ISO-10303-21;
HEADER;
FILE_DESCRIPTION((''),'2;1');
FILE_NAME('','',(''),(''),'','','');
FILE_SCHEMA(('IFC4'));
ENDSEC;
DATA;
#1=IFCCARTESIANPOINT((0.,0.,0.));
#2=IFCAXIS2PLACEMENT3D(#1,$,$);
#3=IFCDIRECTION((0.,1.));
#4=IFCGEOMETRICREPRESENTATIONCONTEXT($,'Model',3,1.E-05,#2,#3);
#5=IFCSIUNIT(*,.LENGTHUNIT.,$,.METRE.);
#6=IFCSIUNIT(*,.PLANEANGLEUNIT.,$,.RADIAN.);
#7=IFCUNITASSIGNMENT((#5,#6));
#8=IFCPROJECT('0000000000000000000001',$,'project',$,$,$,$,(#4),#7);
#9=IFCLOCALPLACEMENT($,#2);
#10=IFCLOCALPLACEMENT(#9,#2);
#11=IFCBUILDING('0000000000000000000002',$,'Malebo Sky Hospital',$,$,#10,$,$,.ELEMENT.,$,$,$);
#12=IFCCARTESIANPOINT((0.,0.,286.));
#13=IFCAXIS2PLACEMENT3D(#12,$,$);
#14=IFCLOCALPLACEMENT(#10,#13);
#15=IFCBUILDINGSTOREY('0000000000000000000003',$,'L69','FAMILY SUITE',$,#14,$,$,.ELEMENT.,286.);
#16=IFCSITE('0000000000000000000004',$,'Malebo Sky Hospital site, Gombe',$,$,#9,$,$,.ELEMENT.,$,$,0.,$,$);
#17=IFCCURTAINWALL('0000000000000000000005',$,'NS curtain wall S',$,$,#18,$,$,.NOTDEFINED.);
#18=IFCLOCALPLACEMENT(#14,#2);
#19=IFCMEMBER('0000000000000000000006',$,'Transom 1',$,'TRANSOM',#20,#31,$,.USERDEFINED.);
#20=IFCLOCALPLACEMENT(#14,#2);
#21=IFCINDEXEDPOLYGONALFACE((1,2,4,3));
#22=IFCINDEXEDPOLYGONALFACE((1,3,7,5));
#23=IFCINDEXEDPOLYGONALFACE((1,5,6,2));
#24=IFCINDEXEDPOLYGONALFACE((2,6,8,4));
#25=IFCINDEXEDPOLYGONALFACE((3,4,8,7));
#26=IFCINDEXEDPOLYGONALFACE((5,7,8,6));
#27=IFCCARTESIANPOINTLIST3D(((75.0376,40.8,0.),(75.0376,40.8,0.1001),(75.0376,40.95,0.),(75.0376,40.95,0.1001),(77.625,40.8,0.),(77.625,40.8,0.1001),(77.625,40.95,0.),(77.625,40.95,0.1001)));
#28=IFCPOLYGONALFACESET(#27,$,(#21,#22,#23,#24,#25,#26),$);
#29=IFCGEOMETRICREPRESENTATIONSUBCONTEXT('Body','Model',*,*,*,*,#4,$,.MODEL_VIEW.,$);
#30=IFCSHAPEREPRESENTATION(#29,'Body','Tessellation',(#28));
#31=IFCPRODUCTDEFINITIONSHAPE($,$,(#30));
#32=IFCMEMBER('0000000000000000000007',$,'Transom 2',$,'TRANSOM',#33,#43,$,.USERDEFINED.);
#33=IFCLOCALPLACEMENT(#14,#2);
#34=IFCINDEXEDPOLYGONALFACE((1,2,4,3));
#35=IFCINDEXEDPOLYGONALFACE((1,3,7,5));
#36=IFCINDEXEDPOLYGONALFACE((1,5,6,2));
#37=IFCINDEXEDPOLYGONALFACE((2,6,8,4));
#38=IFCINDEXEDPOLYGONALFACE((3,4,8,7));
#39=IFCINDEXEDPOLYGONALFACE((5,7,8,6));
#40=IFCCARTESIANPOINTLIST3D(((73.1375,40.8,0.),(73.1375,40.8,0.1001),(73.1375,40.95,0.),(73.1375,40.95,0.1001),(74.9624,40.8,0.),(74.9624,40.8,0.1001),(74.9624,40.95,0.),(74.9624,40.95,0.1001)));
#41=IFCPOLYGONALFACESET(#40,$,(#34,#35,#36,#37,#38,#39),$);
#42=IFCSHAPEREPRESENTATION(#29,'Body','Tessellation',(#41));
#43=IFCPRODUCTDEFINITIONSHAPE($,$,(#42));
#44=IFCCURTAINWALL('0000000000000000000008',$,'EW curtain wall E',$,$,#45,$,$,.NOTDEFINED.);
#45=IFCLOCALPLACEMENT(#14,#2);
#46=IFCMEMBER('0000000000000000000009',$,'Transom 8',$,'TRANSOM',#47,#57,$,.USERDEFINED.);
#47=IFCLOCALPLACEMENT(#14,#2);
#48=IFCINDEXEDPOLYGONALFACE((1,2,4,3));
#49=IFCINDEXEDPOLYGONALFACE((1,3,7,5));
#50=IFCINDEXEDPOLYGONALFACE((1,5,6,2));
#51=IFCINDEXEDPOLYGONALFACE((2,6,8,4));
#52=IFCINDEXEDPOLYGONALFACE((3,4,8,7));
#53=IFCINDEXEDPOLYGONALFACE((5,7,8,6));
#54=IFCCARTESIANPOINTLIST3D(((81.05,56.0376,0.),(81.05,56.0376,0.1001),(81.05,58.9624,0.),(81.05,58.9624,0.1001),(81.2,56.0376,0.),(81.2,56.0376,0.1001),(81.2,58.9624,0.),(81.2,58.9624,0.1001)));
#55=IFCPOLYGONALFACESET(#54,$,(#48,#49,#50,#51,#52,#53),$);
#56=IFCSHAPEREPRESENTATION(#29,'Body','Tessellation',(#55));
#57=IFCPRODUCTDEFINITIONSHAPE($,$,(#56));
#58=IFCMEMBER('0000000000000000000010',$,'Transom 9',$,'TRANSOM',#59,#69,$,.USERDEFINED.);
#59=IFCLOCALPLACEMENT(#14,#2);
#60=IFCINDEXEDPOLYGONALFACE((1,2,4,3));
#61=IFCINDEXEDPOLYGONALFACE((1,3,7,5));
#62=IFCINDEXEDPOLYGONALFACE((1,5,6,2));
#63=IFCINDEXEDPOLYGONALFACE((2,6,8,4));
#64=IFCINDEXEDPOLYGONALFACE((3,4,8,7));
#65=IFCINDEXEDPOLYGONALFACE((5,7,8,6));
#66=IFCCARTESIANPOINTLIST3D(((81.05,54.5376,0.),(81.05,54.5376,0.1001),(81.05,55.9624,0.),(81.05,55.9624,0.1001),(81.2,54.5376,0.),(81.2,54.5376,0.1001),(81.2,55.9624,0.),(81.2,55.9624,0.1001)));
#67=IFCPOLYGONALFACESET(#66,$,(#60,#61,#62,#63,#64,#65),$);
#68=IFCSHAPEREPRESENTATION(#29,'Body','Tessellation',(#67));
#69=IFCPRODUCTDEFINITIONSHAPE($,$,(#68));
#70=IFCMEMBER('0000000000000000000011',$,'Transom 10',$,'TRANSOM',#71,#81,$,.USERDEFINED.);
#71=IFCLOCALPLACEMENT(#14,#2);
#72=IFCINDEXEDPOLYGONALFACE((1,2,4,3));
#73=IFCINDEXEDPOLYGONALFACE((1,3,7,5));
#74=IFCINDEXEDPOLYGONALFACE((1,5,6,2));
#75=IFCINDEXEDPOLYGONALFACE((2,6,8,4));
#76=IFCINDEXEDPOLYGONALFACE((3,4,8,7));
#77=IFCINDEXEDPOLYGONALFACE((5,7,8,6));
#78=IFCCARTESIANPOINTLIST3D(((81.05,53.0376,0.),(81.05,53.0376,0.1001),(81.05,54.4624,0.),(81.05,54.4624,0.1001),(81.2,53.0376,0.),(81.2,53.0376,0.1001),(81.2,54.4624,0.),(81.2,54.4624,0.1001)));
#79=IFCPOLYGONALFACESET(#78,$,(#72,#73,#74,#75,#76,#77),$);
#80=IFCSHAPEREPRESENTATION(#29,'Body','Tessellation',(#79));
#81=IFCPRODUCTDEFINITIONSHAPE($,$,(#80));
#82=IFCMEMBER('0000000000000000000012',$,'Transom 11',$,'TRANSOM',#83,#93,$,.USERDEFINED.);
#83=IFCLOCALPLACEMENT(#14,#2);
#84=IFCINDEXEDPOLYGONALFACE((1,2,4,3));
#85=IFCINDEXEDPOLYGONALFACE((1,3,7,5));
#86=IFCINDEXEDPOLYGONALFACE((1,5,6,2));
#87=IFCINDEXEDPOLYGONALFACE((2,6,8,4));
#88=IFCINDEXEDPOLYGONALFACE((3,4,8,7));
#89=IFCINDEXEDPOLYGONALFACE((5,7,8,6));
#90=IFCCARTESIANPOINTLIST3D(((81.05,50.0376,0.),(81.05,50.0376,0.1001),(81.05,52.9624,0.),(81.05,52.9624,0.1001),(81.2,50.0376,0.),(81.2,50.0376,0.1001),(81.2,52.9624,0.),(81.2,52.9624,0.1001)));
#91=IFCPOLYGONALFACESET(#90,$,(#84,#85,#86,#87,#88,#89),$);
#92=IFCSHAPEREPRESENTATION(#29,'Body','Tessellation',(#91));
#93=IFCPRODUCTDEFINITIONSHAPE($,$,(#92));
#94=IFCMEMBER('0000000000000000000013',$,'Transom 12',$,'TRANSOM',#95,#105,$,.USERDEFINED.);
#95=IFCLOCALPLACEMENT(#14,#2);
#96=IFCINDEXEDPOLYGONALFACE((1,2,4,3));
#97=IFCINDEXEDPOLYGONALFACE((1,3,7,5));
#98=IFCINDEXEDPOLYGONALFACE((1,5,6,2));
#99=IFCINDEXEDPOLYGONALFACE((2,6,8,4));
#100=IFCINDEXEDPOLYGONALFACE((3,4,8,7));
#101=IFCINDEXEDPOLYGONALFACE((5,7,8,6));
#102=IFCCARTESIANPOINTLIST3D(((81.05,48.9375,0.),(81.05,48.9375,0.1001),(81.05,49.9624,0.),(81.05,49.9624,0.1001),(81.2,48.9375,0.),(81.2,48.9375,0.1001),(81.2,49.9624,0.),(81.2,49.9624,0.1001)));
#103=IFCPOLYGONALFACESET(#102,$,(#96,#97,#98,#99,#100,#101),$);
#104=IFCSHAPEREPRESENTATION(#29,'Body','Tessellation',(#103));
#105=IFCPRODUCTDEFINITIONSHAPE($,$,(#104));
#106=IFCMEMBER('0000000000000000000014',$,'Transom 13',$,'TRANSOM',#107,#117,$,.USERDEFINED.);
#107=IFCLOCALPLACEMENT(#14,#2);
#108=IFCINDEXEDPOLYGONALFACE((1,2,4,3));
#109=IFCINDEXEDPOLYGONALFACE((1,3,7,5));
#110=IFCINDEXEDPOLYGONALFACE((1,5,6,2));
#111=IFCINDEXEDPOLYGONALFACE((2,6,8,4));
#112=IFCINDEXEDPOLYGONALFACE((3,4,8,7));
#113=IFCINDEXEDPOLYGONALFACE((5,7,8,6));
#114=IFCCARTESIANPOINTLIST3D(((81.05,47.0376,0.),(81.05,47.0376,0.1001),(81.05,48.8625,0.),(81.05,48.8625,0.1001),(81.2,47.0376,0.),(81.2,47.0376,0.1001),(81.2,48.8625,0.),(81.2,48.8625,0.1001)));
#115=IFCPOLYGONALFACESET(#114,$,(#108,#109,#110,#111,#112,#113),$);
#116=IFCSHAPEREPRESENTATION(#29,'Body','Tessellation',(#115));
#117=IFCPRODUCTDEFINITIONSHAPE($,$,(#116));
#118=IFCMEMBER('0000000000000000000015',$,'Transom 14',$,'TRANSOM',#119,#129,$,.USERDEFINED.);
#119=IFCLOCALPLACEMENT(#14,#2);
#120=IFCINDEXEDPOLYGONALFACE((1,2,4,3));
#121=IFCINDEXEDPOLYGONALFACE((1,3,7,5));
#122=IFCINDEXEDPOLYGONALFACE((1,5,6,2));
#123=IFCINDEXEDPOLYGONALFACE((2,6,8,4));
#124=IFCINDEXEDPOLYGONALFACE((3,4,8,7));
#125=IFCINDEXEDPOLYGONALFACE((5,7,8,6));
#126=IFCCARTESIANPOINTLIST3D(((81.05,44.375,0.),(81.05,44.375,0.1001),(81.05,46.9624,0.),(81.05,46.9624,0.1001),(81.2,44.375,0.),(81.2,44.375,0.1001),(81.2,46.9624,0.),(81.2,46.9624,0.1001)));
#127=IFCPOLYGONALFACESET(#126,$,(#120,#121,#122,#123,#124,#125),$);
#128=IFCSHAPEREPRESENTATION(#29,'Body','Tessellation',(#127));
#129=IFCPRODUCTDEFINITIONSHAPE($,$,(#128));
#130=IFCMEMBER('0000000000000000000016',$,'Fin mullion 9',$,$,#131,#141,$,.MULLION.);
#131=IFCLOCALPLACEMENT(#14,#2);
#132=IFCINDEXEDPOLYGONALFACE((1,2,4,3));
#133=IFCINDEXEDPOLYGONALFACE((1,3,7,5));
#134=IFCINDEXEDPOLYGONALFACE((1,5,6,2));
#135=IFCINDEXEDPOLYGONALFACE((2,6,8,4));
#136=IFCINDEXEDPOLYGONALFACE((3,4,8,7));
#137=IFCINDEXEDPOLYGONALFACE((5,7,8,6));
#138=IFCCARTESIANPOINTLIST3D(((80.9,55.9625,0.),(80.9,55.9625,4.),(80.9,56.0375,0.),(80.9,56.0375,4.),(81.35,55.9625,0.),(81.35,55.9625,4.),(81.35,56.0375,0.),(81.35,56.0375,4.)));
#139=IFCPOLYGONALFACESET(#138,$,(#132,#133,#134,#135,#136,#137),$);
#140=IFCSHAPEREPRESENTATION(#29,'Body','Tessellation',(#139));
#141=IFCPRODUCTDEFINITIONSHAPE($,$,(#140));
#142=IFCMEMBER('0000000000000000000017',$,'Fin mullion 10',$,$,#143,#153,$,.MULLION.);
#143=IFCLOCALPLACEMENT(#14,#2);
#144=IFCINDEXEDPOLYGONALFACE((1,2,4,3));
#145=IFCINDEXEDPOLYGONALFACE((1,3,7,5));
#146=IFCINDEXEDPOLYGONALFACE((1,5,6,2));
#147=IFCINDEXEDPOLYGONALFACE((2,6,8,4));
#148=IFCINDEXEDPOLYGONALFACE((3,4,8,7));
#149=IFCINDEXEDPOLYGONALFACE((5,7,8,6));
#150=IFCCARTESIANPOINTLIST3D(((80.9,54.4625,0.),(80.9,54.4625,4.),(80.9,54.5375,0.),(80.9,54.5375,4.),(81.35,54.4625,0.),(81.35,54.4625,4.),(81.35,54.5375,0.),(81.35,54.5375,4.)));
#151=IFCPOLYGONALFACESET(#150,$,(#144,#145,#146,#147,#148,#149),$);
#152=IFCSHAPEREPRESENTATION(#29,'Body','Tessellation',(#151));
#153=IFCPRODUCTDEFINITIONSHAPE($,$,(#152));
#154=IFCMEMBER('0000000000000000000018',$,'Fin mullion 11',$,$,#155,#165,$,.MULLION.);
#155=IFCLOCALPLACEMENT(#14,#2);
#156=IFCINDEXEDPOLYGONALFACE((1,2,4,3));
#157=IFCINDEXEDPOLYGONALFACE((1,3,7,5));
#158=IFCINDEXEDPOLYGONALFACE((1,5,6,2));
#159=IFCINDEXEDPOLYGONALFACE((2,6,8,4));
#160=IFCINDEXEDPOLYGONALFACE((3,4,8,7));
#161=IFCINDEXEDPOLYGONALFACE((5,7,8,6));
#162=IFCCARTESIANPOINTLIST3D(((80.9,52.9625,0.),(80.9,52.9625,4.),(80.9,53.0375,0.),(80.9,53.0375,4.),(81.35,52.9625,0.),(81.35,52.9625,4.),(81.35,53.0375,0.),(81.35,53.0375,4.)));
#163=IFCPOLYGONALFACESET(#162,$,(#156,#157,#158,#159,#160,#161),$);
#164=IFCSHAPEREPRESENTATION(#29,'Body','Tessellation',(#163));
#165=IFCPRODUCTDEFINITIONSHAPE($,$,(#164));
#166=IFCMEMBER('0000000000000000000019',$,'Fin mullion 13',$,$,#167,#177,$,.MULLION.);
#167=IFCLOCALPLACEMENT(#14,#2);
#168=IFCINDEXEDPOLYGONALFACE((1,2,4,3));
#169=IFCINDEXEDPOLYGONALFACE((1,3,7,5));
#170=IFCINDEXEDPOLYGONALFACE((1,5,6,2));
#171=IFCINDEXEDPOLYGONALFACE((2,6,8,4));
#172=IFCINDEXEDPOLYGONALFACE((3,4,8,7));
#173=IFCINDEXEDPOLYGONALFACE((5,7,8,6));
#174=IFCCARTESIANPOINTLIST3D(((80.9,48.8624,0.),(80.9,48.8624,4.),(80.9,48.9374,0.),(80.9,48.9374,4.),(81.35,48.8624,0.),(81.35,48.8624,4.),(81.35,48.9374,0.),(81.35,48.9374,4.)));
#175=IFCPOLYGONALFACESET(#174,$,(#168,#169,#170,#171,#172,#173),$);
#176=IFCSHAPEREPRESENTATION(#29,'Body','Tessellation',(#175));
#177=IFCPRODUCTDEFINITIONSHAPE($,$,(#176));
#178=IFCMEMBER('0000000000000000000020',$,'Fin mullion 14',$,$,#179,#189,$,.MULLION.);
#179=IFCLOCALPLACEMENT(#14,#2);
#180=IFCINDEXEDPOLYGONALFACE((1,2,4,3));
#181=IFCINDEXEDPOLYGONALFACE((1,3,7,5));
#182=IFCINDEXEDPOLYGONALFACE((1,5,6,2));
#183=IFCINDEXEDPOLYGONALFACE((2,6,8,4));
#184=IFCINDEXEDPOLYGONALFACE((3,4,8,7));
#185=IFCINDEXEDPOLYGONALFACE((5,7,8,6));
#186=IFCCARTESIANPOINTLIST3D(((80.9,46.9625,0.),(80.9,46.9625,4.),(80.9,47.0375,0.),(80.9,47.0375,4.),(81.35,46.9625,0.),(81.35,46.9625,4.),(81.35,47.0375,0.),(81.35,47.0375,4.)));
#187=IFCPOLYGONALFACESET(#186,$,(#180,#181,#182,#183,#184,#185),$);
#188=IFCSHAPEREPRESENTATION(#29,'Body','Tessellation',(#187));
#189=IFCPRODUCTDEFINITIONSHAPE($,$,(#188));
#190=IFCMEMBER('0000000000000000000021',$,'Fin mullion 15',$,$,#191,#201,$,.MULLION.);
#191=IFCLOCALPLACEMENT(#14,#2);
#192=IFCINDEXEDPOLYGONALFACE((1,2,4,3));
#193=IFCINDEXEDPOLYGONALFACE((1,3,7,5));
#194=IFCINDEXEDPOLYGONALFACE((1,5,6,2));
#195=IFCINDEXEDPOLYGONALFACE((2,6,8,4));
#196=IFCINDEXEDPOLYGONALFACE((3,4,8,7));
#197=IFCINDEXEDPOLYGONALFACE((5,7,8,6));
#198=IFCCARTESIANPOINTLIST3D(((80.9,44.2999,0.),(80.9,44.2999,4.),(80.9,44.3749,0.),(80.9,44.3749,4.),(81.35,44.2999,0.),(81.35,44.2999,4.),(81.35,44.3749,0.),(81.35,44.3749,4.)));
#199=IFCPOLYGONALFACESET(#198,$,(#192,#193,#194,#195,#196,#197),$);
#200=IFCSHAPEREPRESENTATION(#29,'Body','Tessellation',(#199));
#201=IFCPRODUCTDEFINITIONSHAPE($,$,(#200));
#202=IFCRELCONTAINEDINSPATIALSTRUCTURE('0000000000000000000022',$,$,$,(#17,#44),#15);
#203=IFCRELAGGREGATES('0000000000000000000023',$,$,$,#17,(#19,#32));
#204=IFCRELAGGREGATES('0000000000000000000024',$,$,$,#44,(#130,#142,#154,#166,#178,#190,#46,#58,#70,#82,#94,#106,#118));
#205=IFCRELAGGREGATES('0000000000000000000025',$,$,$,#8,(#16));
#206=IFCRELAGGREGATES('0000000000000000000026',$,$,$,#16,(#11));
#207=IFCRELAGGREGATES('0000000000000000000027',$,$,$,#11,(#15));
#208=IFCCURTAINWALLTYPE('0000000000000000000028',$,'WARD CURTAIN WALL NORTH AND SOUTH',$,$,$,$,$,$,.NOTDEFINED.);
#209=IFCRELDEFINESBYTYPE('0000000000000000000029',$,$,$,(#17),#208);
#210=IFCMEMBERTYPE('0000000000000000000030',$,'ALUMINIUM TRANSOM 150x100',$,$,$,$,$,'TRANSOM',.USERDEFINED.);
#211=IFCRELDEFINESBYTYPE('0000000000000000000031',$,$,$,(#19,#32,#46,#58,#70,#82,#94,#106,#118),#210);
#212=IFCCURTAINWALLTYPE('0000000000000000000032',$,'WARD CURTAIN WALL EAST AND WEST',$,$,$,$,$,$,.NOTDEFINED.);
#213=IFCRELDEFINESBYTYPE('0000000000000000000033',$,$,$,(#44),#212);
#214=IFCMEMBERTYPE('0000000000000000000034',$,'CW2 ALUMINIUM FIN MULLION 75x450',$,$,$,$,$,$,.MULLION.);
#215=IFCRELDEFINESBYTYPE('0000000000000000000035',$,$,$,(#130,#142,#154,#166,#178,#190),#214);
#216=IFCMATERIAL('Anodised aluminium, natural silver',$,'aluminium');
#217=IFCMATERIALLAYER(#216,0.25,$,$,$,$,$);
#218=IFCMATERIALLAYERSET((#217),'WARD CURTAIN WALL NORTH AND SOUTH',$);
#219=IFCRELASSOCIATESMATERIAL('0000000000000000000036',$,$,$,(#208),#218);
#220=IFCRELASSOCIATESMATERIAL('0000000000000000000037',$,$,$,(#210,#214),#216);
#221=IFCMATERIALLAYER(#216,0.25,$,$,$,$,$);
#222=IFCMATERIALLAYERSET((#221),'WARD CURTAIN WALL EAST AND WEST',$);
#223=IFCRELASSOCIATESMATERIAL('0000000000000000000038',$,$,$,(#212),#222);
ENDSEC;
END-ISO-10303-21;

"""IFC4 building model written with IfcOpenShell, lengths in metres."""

from ifc_helpers import new_model, si_unit, direction, frame, origin, origin_2d, place, context, subcontext, project, spatial, rectangle, extrude, material, layer, layer_set, material_profile, profile_set, type_object, element, aggregate, save


model = new_model("IFC4")

# Units and contexts
model_context = context("Model", 3, precision=1e-05, world=origin(), true_north=direction((0.0, 1.0)))
body_context = subcontext(model_context, "Body", "Model", "MODEL_VIEW")
ifc_project = project(units=[si_unit("LENGTHUNIT", "METRE"), si_unit("PLANEANGLEUNIT", "RADIAN")], contexts=[model_context])

# Site, building, storey
site_placement = place(None, origin())
site = spatial("IfcSite", under=ifc_project, at=site_placement, Name="Malebo Sky Hospital site, Gombe", CompositionType="ELEMENT", RefElevation=0.0)
building_placement = place(site_placement, origin())
building = spatial("IfcBuilding", under=site, at=building_placement, Name="Malebo Sky Hospital", CompositionType="ELEMENT")
storey_placement = place(building_placement, frame((0.0, 0.0, 286.0)))
storey = spatial("IfcBuildingStorey", under=building, at=storey_placement, Name="L69", Description="FAMILY SUITE", CompositionType="ELEMENT", Elevation=286.0)

# Curtain walls, members
ifc_material_1 = material(Name="Anodised aluminium, natural silver", Category="aluminium")
ifc_layer_1 = layer(ifc_material_1, 0.25)
ifc_layer_set_1 = layer_set([ifc_layer_1], Name="WARD CURTAIN WALL NORTH AND SOUTH")
curtain_wall_type_1 = type_object("IfcCurtainWallType", Name="WARD CURTAIN WALL NORTH AND SOUTH", PredefinedType="NOTDEFINED", material=ifc_layer_set_1)
curtain_wall_1_placement = place(storey_placement, origin())
curtain_wall_1 = element("IfcCurtainWall", 1, at=curtain_wall_1_placement, inside=storey, type_object=curtain_wall_type_1, Name="NS curtain wall S", PredefinedType="NOTDEFINED")
ifc_material_profile_1 = material_profile(ifc_material_1, rectangle(XDim=0.1499, YDim=0.1001, at=origin_2d()), Name="ALUMINIUM TRANSOM 150x100")
ifc_profile_set_1 = profile_set([ifc_material_profile_1], Name="Anodised aluminium, natural silver")
member_type_1 = type_object("IfcMemberType", Name="ALUMINIUM TRANSOM 150x100", ElementType="TRANSOM", PredefinedType="USERDEFINED", material=ifc_profile_set_1)
member_1_placement = place(storey_placement, frame((77.625, 40.875, 0.05), z_axis=(-1.0, 0.0, 0.0), x_axis=(0.0, -1.0, 0.0)))
member_1 = element("IfcMember", 2, at=member_1_placement, type_object=member_type_1, Name="Transom 1", ObjectType="TRANSOM", PredefinedType="USERDEFINED", context=body_context, shape_type="SweptSolid", body=[
    extrude(rectangle(XDim=0.1499, YDim=0.1001, at=origin_2d()), origin(), (0.0, 0.0, 1.0), 2.5874),
])
member_2_placement = place(storey_placement, frame((74.9624, 40.875, 0.05), z_axis=(-1.0, 0.0, 0.0), x_axis=(0.0, -1.0, 0.0)))
member_2 = element("IfcMember", 3, at=member_2_placement, type_object=member_type_1, Name="Transom 2", ObjectType="TRANSOM", PredefinedType="USERDEFINED", context=body_context, shape_type="SweptSolid", body=[
    extrude(rectangle(XDim=0.1499, YDim=0.1001, at=origin_2d()), origin(), (0.0, 0.0, 1.0), 1.825),
])
ifc_layer_2 = layer(ifc_material_1, 0.25)
ifc_layer_set_2 = layer_set([ifc_layer_2], Name="WARD CURTAIN WALL EAST AND WEST")
curtain_wall_type_2 = type_object("IfcCurtainWallType", Name="WARD CURTAIN WALL EAST AND WEST", PredefinedType="NOTDEFINED", material=ifc_layer_set_2)
curtain_wall_2_placement = place(storey_placement, origin())
curtain_wall_2 = element("IfcCurtainWall", 4, at=curtain_wall_2_placement, inside=storey, type_object=curtain_wall_type_2, Name="EW curtain wall E", PredefinedType="NOTDEFINED")
member_3_placement = place(storey_placement, frame((81.125, 58.9624, 0.05), z_axis=(0.0, -1.0, 0.0), x_axis=(1.0, 0.0, 0.0)))
member_3 = element("IfcMember", 5, at=member_3_placement, type_object=member_type_1, Name="Transom 8", ObjectType="TRANSOM", PredefinedType="USERDEFINED", context=body_context, shape_type="SweptSolid", body=[
    extrude(rectangle(XDim=0.1499, YDim=0.1001, at=origin_2d()), origin(), (0.0, 0.0, 1.0), 2.9248),
])
member_4_placement = place(storey_placement, frame((81.125, 55.9624, 0.05), z_axis=(0.0, -1.0, 0.0), x_axis=(1.0, 0.0, 0.0)))
member_4 = element("IfcMember", 6, at=member_4_placement, type_object=member_type_1, Name="Transom 9", ObjectType="TRANSOM", PredefinedType="USERDEFINED", context=body_context, shape_type="SweptSolid", body=[
    extrude(rectangle(XDim=0.1499, YDim=0.1001, at=origin_2d()), origin(), (0.0, 0.0, 1.0), 1.4248),
])
member_5_placement = place(storey_placement, frame((81.125, 54.4624, 0.05), z_axis=(0.0, -1.0, 0.0), x_axis=(1.0, 0.0, 0.0)))
member_5 = element("IfcMember", 7, at=member_5_placement, type_object=member_type_1, Name="Transom 10", ObjectType="TRANSOM", PredefinedType="USERDEFINED", context=body_context, shape_type="SweptSolid", body=[
    extrude(rectangle(XDim=0.1499, YDim=0.1001, at=origin_2d()), origin(), (0.0, 0.0, 1.0), 1.4248),
])
member_6_placement = place(storey_placement, frame((81.125, 52.9624, 0.05), z_axis=(0.0, -1.0, 0.0), x_axis=(1.0, 0.0, 0.0)))
member_6 = element("IfcMember", 8, at=member_6_placement, type_object=member_type_1, Name="Transom 11", ObjectType="TRANSOM", PredefinedType="USERDEFINED", context=body_context, shape_type="SweptSolid", body=[
    extrude(rectangle(XDim=0.1499, YDim=0.1001, at=origin_2d()), origin(), (0.0, 0.0, 1.0), 2.9248),
])
member_7_placement = place(storey_placement, frame((81.125, 49.9624, 0.05), z_axis=(0.0, -1.0, 0.0), x_axis=(1.0, 0.0, 0.0)))
member_7 = element("IfcMember", 9, at=member_7_placement, type_object=member_type_1, Name="Transom 12", ObjectType="TRANSOM", PredefinedType="USERDEFINED", context=body_context, shape_type="SweptSolid", body=[
    extrude(rectangle(XDim=0.1499, YDim=0.1001, at=origin_2d()), origin(), (0.0, 0.0, 1.0), 1.0249),
])
member_8_placement = place(storey_placement, frame((81.125, 48.8625, 0.05), z_axis=(0.0, -1.0, 0.0), x_axis=(1.0, 0.0, 0.0)))
member_8 = element("IfcMember", 10, at=member_8_placement, type_object=member_type_1, Name="Transom 13", ObjectType="TRANSOM", PredefinedType="USERDEFINED", context=body_context, shape_type="SweptSolid", body=[
    extrude(rectangle(XDim=0.1499, YDim=0.1001, at=origin_2d()), origin(), (0.0, 0.0, 1.0), 1.825),
])
member_9_placement = place(storey_placement, frame((81.125, 46.9624, 0.05), z_axis=(0.0, -1.0, 0.0), x_axis=(1.0, 0.0, 0.0)))
member_9 = element("IfcMember", 11, at=member_9_placement, type_object=member_type_1, Name="Transom 14", ObjectType="TRANSOM", PredefinedType="USERDEFINED", context=body_context, shape_type="SweptSolid", body=[
    extrude(rectangle(XDim=0.1499, YDim=0.1001, at=origin_2d()), origin(), (0.0, 0.0, 1.0), 2.5874),
])
ifc_material_profile_2 = material_profile(ifc_material_1, rectangle(XDim=0.075, YDim=0.45, at=origin_2d()), Name="CW2 ALUMINIUM FIN MULLION 75x450")
ifc_profile_set_2 = profile_set([ifc_material_profile_2], Name="Anodised aluminium, natural silver")
member_type_2 = type_object("IfcMemberType", Name="CW2 ALUMINIUM FIN MULLION 75x450", PredefinedType="MULLION", material=ifc_profile_set_2)
member_10_placement = place(storey_placement, frame((81.125, 56.0, 0.0), z_axis=(0.0, 0.0, 1.0), x_axis=(0.0, -1.0, 0.0)))
member_10 = element("IfcMember", 12, at=member_10_placement, type_object=member_type_2, Name="Fin mullion 9", PredefinedType="MULLION", context=body_context, shape_type="SweptSolid", body=[
    extrude(rectangle(XDim=0.075, YDim=0.45, at=origin_2d()), origin(), (0.0, 0.0, 1.0), 4.0),
])
member_11_placement = place(storey_placement, frame((81.125, 54.5, 0.0), z_axis=(0.0, 0.0, 1.0), x_axis=(0.0, -1.0, 0.0)))
member_11 = element("IfcMember", 13, at=member_11_placement, type_object=member_type_2, Name="Fin mullion 10", PredefinedType="MULLION", context=body_context, shape_type="SweptSolid", body=[
    extrude(rectangle(XDim=0.075, YDim=0.45, at=origin_2d()), origin(), (0.0, 0.0, 1.0), 4.0),
])
member_12_placement = place(storey_placement, frame((81.125, 53.0, 0.0), z_axis=(0.0, 0.0, 1.0), x_axis=(0.0, -1.0, 0.0)))
member_12 = element("IfcMember", 14, at=member_12_placement, type_object=member_type_2, Name="Fin mullion 11", PredefinedType="MULLION", context=body_context, shape_type="SweptSolid", body=[
    extrude(rectangle(XDim=0.075, YDim=0.45, at=origin_2d()), origin(), (0.0, 0.0, 1.0), 4.0),
])
member_13_placement = place(storey_placement, frame((81.125, 48.8999, 0.0), z_axis=(0.0, 0.0, 1.0), x_axis=(0.0, -1.0, 0.0)))
member_13 = element("IfcMember", 15, at=member_13_placement, type_object=member_type_2, Name="Fin mullion 13", PredefinedType="MULLION", context=body_context, shape_type="SweptSolid", body=[
    extrude(rectangle(XDim=0.075, YDim=0.45, at=origin_2d()), origin(), (0.0, 0.0, 1.0), 4.0),
])
member_14_placement = place(storey_placement, frame((81.125, 47.0, 0.0), z_axis=(0.0, 0.0, 1.0), x_axis=(0.0, -1.0, 0.0)))
member_14 = element("IfcMember", 16, at=member_14_placement, type_object=member_type_2, Name="Fin mullion 14", PredefinedType="MULLION", context=body_context, shape_type="SweptSolid", body=[
    extrude(rectangle(XDim=0.075, YDim=0.45, at=origin_2d()), origin(), (0.0, 0.0, 1.0), 4.0),
])
member_15_placement = place(storey_placement, frame((81.125, 44.3374, 0.0), z_axis=(0.0, 0.0, 1.0), x_axis=(0.0, -1.0, 0.0)))
member_15 = element("IfcMember", 17, at=member_15_placement, type_object=member_type_2, Name="Fin mullion 15", PredefinedType="MULLION", context=body_context, shape_type="SweptSolid", body=[
    extrude(rectangle(XDim=0.075, YDim=0.45, at=origin_2d()), origin(), (0.0, 0.0, 1.0), 4.0),
])

aggregate(curtain_wall_1, [member_1, member_2])
aggregate(curtain_wall_2, [member_10, member_11, member_12, member_13, member_14, member_15, member_3, member_4, member_5, member_6, member_7, member_8, member_9])

save(model, "model.ifc")
